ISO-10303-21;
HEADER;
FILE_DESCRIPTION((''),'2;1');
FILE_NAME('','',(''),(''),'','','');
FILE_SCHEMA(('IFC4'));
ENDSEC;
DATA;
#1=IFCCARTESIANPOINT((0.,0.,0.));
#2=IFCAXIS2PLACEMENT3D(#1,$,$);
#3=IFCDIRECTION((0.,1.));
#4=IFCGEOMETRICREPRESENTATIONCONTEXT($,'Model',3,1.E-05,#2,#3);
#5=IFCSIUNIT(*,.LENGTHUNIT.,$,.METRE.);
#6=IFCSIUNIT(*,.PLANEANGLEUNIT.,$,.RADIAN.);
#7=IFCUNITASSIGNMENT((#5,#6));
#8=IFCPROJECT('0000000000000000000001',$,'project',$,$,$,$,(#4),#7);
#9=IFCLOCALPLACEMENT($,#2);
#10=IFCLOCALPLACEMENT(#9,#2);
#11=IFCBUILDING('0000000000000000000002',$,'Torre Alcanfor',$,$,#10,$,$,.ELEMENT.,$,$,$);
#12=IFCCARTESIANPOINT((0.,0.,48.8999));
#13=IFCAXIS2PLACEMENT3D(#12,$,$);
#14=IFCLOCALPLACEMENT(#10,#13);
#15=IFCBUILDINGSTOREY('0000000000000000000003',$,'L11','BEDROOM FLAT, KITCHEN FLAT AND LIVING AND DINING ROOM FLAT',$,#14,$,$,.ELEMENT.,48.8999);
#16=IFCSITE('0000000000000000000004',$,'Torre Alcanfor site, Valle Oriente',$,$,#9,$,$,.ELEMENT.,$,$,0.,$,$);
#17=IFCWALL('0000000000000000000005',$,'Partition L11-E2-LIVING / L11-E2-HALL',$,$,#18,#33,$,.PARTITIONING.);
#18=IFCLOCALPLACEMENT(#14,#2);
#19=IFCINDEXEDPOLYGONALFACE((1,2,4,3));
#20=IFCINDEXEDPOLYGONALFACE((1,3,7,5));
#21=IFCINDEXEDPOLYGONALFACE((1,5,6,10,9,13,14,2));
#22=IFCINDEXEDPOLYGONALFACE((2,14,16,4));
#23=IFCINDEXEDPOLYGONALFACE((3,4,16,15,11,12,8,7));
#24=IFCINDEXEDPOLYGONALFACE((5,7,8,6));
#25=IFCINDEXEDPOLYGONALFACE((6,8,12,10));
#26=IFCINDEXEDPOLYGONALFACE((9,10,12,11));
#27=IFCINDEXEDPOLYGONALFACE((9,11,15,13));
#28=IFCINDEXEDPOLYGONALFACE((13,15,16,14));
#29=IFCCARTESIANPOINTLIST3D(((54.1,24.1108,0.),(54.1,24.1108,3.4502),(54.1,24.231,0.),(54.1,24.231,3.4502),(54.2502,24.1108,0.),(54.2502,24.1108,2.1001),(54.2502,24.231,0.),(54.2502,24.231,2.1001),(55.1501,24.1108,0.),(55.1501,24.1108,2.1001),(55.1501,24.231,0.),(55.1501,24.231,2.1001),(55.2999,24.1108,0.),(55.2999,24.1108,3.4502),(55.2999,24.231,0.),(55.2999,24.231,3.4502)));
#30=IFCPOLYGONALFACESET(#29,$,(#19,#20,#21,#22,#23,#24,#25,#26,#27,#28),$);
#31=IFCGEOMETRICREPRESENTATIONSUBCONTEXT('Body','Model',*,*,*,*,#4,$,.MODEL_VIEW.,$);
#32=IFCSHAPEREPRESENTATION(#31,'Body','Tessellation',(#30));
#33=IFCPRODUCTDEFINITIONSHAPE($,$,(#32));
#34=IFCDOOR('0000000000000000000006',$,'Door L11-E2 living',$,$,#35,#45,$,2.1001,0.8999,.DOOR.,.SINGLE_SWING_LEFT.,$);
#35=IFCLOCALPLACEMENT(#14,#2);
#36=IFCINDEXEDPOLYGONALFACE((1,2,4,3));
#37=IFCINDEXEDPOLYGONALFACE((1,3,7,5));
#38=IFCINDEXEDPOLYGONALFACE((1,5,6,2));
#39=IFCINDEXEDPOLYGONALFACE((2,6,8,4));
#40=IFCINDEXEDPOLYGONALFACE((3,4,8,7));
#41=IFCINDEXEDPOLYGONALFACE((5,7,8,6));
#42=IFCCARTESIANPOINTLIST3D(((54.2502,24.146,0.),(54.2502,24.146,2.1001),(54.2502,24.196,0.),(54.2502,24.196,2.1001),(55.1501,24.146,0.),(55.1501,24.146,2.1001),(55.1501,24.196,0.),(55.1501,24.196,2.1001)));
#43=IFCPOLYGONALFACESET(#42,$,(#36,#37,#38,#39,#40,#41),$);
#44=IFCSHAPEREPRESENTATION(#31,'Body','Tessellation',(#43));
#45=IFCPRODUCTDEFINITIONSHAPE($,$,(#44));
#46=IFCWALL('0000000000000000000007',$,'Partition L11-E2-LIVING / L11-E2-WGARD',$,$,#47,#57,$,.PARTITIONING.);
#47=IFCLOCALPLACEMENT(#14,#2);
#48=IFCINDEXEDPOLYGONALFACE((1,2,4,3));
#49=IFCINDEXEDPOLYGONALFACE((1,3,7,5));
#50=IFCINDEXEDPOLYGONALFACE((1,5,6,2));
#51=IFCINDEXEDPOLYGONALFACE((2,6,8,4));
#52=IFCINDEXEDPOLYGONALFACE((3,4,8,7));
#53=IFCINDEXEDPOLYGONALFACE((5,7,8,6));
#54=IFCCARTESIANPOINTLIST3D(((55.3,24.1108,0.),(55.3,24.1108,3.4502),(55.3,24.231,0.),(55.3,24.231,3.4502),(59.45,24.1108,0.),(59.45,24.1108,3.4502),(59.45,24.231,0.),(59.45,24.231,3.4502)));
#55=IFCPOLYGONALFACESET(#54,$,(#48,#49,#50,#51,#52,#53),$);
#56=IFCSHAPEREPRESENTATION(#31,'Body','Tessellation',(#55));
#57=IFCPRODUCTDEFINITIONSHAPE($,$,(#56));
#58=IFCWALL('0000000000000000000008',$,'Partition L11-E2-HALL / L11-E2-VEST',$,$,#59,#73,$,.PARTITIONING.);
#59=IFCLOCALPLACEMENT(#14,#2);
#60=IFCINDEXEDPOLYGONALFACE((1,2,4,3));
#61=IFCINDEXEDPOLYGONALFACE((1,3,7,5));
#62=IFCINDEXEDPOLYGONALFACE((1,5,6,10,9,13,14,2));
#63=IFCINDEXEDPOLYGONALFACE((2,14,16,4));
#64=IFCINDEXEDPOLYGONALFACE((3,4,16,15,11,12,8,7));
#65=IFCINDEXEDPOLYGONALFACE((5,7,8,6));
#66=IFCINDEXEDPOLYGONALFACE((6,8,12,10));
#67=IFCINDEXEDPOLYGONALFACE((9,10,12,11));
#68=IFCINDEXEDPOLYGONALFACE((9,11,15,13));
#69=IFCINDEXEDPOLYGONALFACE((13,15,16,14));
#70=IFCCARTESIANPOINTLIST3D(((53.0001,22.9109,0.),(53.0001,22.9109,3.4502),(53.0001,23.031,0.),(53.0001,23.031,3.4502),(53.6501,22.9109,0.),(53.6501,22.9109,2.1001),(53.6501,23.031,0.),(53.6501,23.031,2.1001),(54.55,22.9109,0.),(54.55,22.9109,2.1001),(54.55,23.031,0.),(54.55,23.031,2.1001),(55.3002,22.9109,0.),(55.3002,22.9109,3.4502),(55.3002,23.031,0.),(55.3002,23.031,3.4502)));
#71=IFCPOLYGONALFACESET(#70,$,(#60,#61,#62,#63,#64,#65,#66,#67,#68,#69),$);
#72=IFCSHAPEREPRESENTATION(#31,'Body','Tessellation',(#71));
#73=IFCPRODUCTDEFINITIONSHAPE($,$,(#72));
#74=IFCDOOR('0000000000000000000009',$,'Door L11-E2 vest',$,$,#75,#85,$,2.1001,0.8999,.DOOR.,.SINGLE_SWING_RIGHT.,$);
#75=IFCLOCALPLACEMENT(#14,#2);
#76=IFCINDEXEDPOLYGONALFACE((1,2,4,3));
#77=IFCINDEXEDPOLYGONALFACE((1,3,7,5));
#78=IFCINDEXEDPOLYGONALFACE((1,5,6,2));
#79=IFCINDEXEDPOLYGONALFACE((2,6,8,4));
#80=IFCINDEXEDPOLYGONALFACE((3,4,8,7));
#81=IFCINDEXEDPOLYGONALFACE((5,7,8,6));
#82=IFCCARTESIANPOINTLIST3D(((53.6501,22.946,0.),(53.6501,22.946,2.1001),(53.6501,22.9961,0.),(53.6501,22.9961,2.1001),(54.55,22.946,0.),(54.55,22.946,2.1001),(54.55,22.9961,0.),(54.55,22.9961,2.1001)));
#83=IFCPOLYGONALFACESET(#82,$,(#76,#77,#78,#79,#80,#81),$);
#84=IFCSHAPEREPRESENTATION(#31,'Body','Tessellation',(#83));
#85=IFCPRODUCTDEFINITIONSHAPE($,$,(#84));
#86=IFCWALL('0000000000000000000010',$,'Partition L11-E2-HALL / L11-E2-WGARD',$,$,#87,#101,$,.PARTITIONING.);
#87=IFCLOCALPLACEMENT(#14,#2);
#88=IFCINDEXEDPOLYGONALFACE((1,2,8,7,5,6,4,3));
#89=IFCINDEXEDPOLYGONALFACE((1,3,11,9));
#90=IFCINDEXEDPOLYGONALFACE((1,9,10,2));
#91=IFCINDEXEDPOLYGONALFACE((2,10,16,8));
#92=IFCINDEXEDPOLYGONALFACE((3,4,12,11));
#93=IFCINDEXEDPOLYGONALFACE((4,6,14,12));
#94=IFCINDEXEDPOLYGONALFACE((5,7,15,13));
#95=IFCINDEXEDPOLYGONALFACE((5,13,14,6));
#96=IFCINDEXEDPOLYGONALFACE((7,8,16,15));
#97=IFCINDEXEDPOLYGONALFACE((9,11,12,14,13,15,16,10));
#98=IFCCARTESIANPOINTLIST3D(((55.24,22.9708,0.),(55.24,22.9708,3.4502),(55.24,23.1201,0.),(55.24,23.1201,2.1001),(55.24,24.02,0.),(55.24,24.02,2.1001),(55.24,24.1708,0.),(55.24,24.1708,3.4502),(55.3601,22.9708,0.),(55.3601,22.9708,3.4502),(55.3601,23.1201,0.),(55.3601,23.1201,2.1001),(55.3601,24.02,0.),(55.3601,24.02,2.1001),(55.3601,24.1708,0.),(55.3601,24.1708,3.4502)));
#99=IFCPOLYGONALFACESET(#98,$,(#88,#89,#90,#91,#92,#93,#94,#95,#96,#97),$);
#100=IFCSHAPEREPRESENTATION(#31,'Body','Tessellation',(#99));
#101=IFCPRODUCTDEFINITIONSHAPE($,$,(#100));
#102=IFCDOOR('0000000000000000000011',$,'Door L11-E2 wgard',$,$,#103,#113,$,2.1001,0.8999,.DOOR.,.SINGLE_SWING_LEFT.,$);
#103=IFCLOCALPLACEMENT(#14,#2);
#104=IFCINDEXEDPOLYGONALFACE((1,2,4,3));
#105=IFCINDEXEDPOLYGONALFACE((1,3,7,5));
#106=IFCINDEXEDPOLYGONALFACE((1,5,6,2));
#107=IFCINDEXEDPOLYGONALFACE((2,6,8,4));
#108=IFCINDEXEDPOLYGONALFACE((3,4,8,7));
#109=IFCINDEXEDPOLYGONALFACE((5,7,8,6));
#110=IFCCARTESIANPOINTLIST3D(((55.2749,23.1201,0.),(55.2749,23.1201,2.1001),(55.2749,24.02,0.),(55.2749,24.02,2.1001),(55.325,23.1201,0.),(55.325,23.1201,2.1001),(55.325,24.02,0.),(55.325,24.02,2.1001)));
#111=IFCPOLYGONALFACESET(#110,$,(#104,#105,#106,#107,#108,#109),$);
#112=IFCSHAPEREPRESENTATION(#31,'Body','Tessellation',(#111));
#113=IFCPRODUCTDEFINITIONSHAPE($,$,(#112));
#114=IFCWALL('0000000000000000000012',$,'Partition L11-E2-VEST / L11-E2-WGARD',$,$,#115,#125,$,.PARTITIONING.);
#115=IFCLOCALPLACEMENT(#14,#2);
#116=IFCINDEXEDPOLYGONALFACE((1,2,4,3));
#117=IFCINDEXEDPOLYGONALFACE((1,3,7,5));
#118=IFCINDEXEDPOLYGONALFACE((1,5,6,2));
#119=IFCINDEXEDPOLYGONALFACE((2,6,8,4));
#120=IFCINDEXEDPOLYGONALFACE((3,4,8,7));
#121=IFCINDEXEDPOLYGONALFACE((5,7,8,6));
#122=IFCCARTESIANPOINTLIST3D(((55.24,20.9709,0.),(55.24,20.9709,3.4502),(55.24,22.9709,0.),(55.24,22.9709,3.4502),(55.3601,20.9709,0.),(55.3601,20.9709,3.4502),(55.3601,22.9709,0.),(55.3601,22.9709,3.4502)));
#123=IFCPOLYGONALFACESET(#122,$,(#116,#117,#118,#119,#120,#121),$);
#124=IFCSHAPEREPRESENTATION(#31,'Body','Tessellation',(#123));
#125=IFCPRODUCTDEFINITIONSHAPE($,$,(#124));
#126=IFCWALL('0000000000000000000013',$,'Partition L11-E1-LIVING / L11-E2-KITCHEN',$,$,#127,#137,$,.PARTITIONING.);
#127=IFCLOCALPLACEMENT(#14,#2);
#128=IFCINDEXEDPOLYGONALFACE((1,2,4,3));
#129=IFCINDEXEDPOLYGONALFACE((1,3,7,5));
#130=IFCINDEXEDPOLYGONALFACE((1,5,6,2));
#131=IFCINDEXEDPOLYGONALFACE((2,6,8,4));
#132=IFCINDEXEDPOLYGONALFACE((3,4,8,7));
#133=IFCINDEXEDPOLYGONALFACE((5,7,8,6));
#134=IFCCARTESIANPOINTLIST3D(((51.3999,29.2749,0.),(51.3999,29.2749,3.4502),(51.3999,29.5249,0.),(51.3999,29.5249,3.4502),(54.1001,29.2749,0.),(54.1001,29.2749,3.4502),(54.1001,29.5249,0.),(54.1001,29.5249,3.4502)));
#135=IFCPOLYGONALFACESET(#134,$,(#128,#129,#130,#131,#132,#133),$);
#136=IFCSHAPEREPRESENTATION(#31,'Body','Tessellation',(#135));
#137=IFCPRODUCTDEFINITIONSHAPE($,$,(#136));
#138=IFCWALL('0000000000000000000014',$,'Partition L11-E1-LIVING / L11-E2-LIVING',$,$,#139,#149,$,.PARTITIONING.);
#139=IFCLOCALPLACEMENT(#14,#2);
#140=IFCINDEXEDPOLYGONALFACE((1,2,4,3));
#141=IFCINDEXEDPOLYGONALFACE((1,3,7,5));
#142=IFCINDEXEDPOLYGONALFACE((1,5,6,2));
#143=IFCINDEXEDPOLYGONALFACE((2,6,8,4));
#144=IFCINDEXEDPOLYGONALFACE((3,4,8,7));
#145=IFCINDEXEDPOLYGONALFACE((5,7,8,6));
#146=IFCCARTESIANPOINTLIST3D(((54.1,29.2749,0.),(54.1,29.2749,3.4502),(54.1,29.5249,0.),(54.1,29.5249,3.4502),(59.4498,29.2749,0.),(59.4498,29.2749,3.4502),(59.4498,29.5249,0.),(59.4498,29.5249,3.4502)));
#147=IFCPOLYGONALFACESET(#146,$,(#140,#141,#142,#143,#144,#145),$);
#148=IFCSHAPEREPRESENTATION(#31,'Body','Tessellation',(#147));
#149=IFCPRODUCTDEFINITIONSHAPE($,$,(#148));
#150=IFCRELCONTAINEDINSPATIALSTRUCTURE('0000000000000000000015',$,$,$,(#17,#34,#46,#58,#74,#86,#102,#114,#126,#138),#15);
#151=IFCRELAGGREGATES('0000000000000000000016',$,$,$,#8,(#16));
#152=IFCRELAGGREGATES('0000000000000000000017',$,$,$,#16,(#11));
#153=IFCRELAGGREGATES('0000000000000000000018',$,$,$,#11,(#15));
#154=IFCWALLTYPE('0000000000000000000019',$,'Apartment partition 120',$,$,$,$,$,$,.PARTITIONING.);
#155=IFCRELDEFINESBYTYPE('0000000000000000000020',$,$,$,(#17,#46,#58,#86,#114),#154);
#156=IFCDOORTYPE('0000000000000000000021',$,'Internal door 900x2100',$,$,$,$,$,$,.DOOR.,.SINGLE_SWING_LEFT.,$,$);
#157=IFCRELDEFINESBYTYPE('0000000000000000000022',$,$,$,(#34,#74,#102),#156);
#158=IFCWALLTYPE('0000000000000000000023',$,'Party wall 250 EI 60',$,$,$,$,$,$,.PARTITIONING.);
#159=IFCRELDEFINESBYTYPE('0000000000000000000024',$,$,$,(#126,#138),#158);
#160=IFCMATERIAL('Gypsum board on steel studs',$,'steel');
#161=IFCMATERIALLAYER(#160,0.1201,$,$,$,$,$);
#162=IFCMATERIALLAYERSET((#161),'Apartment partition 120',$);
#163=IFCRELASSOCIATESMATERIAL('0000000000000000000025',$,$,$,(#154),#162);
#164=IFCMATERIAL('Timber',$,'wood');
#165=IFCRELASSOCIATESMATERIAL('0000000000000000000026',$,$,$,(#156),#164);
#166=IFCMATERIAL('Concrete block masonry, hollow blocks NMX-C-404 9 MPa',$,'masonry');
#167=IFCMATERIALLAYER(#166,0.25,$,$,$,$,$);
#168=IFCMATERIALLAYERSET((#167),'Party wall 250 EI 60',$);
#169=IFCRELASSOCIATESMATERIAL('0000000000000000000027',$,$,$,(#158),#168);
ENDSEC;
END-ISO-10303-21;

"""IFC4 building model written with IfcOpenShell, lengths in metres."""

from ifc_helpers import new_model, si_unit, direction, frame, frame_2d, origin, place, context, subcontext, project, spatial, rectangle, extrude, material, layer, layer_set, type_object, element, fill, save


model = new_model("IFC4")

# Units and contexts
model_context = context("Model", 3, precision=1e-05, world=origin(), true_north=direction((0.0, 1.0)))
body_context = subcontext(model_context, "Body", "Model", "MODEL_VIEW")
ifc_project = project(units=[si_unit("LENGTHUNIT", "METRE"), si_unit("PLANEANGLEUNIT", "RADIAN")], contexts=[model_context])

# Site, building, storey
site_placement = place(None, origin())
site = spatial("IfcSite", under=ifc_project, at=site_placement, Name="Torre Alcanfor site, Valle Oriente", CompositionType="ELEMENT", RefElevation=0.0)
building_placement = place(site_placement, origin())
building = spatial("IfcBuilding", under=site, at=building_placement, Name="Torre Alcanfor", CompositionType="ELEMENT")
storey_placement = place(building_placement, frame((0.0, 0.0, 48.8999)))
storey = spatial("IfcBuildingStorey", under=building, at=storey_placement, Name="L11", Description="BEDROOM FLAT, KITCHEN FLAT AND LIVING AND DINING ROOM FLAT", CompositionType="ELEMENT", Elevation=48.8999)

# Shared definitions
ifc_material_1 = material(Name="Gypsum board on steel studs", Category="steel")
ifc_layer_1 = layer(ifc_material_1, 0.1201)
ifc_layer_set_1 = layer_set([ifc_layer_1], Name="Apartment partition 120")
wall_type_1 = type_object("IfcWallType", Name="Apartment partition 120", PredefinedType="PARTITIONING", material=ifc_layer_set_1)

# Shared definitions
ifc_material_2 = material(Name="Timber", Category="wood")
door_type = type_object("IfcDoorType", Name="Internal door 900x2100", OperationType="SINGLE_SWING_LEFT", PredefinedType="DOOR", material=ifc_material_2)

# Wall, opening, door
wall_1_placement = place(storey_placement, frame((55.3, 24.1709, 0.0), z_axis=(0.0, 0.0, 1.0), x_axis=(-1.0, 0.0, 0.0)))
wall_1 = element("IfcWall", 1, at=wall_1_placement, inside=storey, type_object=wall_type_1, Name="Partition L11-E2-LIVING / L11-E2-HALL", PredefinedType="PARTITIONING", context=body_context, shape_type="SweptSolid", body=[
    extrude(rectangle(XDim=1.2, YDim=0.1201, at=frame_2d((0.6001, 0.0))), origin(), (0.0, 0.0, 1.0), 3.4502),
])
opening_1_placement = place(wall_1_placement, frame((0.1499, 0.0, 0.0)))
opening_1 = element("IfcOpeningElement", 2, at=opening_1_placement, cuts=wall_1, PredefinedType="OPENING", context=body_context, shape_type="SweptSolid", body=[
    extrude(rectangle(XDim=0.8999, YDim=2.1001, at=frame_2d((0.45, 1.05))), frame((0.0, 0.0701, 0.0), z_axis=(0.0, -1.0, 0.0), x_axis=(1.0, 0.0, 0.0)), (0.0, 0.0, 1.0), 0.1401),
])
door_1_placement = place(opening_1_placement, frame((0.8999, 0.0, 0.0), z_axis=(0.0, 0.0, 1.0), x_axis=(-1.0, 0.0, 0.0)))
door_1 = element("IfcDoor", 3, at=door_1_placement, inside=storey, type_object=door_type, Name="Door L11-E2 living", OperationType="SINGLE_SWING_LEFT", OverallHeight=2.1001, OverallWidth=0.8999, PredefinedType="DOOR", context=body_context, shape_type="SweptSolid", body=[
    extrude(rectangle(XDim=0.8999, YDim=2.1001, at=frame_2d((0.45, 1.05))), frame((0.0, 0.0251, 0.0), z_axis=(0.0, -1.0, 0.0), x_axis=(1.0, 0.0, 0.0)), (0.0, 0.0, 1.0), 0.05),
])
fill(opening_1, door_1)

# Wall
wall_2_placement = place(storey_placement, frame((59.45, 24.1709, 0.0), z_axis=(0.0, 0.0, 1.0), x_axis=(-1.0, 0.0, 0.0)))
element("IfcWall", 4, at=wall_2_placement, inside=storey, type_object=wall_type_1, Name="Partition L11-E2-LIVING / L11-E2-WGARD", PredefinedType="PARTITIONING", context=body_context, shape_type="SweptSolid", body=[
    extrude(rectangle(XDim=4.1499, YDim=0.1201, at=frame_2d((2.075, 0.0))), origin(), (0.0, 0.0, 1.0), 3.4502),
])

# Walls, openings, doors
wall_3_placement = place(storey_placement, frame((55.3, 22.9709, 0.0), z_axis=(0.0, 0.0, 1.0), x_axis=(-1.0, 0.0, 0.0)))
wall_3 = element("IfcWall", 5, at=wall_3_placement, inside=storey, type_object=wall_type_1, Name="Partition L11-E2-HALL / L11-E2-VEST", PredefinedType="PARTITIONING", context=body_context, shape_type="SweptSolid", body=[
    extrude(rectangle(XDim=2.3, YDim=0.1201, at=frame_2d((1.1499, 0.0))), origin(), (0.0, 0.0, 1.0), 3.4502),
])
opening_2_placement = place(wall_3_placement, frame((0.75, 0.0, 0.0)))
opening_2 = element("IfcOpeningElement", 6, at=opening_2_placement, cuts=wall_3, PredefinedType="OPENING", context=body_context, shape_type="SweptSolid", body=[
    extrude(rectangle(XDim=0.8999, YDim=2.1001, at=frame_2d((0.45, 1.05))), frame((0.0, 0.0701, 0.0), z_axis=(0.0, -1.0, 0.0), x_axis=(1.0, 0.0, 0.0)), (0.0, 0.0, 1.0), 0.1401),
])
door_2_placement = place(opening_2_placement, origin())
door_2 = element("IfcDoor", 7, at=door_2_placement, inside=storey, type_object=door_type, Name="Door L11-E2 vest", OperationType="SINGLE_SWING_RIGHT", OverallHeight=2.1001, OverallWidth=0.8999, PredefinedType="DOOR", context=body_context, shape_type="SweptSolid", body=[
    extrude(rectangle(XDim=0.8999, YDim=2.1001, at=frame_2d((0.45, 1.05))), frame((0.0, 0.0249, 0.0), z_axis=(0.0, -1.0, 0.0), x_axis=(1.0, 0.0, 0.0)), (0.0, 0.0, 1.0), 0.05),
])
fill(opening_2, door_2)
wall_4_placement = place(storey_placement, frame((55.3, 24.1709, 0.0), z_axis=(0.0, 0.0, 1.0), x_axis=(0.0, -1.0, 0.0)))
wall_4 = element("IfcWall", 8, at=wall_4_placement, inside=storey, type_object=wall_type_1, Name="Partition L11-E2-HALL / L11-E2-WGARD", PredefinedType="PARTITIONING", context=body_context, shape_type="SweptSolid", body=[
    extrude(rectangle(XDim=1.2, YDim=0.1201, at=frame_2d((0.6001, 0.0))), origin(), (0.0, 0.0, 1.0), 3.4502),
])
opening_3_placement = place(wall_4_placement, frame((0.1509, 0.0, 0.0)))
opening_3 = element("IfcOpeningElement", 9, at=opening_3_placement, cuts=wall_4, PredefinedType="OPENING", context=body_context, shape_type="SweptSolid", body=[
    extrude(rectangle(XDim=0.8999, YDim=2.1001, at=frame_2d((0.45, 1.05))), frame((0.0, 0.0701, 0.0), z_axis=(0.0, -1.0, 0.0), x_axis=(1.0, 0.0, 0.0)), (0.0, 0.0, 1.0), 0.1401),
])
door_3_placement = place(opening_3_placement, origin())
door_3 = element("IfcDoor", 10, at=door_3_placement, inside=storey, type_object=door_type, Name="Door L11-E2 wgard", OperationType="SINGLE_SWING_LEFT", OverallHeight=2.1001, OverallWidth=0.8999, PredefinedType="DOOR", context=body_context, shape_type="SweptSolid", body=[
    extrude(rectangle(XDim=0.8999, YDim=2.1001, at=frame_2d((0.45, 1.05))), frame((0.0, 0.0249, 0.0), z_axis=(0.0, -1.0, 0.0), x_axis=(1.0, 0.0, 0.0)), (0.0, 0.0, 1.0), 0.05),
])
fill(opening_3, door_3)

# Walls
wall_5_placement = place(storey_placement, frame((55.3, 22.9709, 0.0), z_axis=(0.0, 0.0, 1.0), x_axis=(0.0, -1.0, 0.0)))
element("IfcWall", 11, at=wall_5_placement, inside=storey, type_object=wall_type_1, Name="Partition L11-E2-VEST / L11-E2-WGARD", PredefinedType="PARTITIONING", context=body_context, shape_type="SweptSolid", body=[
    extrude(rectangle(XDim=2.0, YDim=0.1201, at=frame_2d((1.0, 0.0))), origin(), (0.0, 0.0, 1.0), 3.4502),
])
ifc_material_3 = material(Name="Concrete block masonry, hollow blocks NMX-C-404 9 MPa", Category="masonry")
ifc_layer_2 = layer(ifc_material_3, 0.25)
ifc_layer_set_2 = layer_set([ifc_layer_2], Name="Party wall 250 EI 60")
wall_type_2 = type_object("IfcWallType", Name="Party wall 250 EI 60", PredefinedType="PARTITIONING", material=ifc_layer_set_2)
wall_6_placement = place(storey_placement, frame((51.3999, 29.3999, 0.0), z_axis=(0.0, 0.0, 1.0), x_axis=(1.0, 0.0, 0.0)))
element("IfcWall", 12, at=wall_6_placement, inside=storey, type_object=wall_type_2, Name="Partition L11-E1-LIVING / L11-E2-KITCHEN", PredefinedType="PARTITIONING", context=body_context, shape_type="SweptSolid", body=[
    extrude(rectangle(XDim=2.7002, YDim=0.25, at=frame_2d((1.3501, 0.0))), origin(), (0.0, 0.0, 1.0), 3.4502),
])
wall_7_placement = place(storey_placement, frame((54.1001, 29.3999, 0.0), z_axis=(0.0, 0.0, 1.0), x_axis=(1.0, 0.0, 0.0)))
element("IfcWall", 13, at=wall_7_placement, inside=storey, type_object=wall_type_2, Name="Partition L11-E1-LIVING / L11-E2-LIVING", PredefinedType="PARTITIONING", context=body_context, shape_type="SweptSolid", body=[
    extrude(rectangle(XDim=5.3499, YDim=0.25, at=frame_2d((2.6748, 0.0))), origin(), (0.0, 0.0, 1.0), 3.4502),
])

save(model, "model.ifc")
